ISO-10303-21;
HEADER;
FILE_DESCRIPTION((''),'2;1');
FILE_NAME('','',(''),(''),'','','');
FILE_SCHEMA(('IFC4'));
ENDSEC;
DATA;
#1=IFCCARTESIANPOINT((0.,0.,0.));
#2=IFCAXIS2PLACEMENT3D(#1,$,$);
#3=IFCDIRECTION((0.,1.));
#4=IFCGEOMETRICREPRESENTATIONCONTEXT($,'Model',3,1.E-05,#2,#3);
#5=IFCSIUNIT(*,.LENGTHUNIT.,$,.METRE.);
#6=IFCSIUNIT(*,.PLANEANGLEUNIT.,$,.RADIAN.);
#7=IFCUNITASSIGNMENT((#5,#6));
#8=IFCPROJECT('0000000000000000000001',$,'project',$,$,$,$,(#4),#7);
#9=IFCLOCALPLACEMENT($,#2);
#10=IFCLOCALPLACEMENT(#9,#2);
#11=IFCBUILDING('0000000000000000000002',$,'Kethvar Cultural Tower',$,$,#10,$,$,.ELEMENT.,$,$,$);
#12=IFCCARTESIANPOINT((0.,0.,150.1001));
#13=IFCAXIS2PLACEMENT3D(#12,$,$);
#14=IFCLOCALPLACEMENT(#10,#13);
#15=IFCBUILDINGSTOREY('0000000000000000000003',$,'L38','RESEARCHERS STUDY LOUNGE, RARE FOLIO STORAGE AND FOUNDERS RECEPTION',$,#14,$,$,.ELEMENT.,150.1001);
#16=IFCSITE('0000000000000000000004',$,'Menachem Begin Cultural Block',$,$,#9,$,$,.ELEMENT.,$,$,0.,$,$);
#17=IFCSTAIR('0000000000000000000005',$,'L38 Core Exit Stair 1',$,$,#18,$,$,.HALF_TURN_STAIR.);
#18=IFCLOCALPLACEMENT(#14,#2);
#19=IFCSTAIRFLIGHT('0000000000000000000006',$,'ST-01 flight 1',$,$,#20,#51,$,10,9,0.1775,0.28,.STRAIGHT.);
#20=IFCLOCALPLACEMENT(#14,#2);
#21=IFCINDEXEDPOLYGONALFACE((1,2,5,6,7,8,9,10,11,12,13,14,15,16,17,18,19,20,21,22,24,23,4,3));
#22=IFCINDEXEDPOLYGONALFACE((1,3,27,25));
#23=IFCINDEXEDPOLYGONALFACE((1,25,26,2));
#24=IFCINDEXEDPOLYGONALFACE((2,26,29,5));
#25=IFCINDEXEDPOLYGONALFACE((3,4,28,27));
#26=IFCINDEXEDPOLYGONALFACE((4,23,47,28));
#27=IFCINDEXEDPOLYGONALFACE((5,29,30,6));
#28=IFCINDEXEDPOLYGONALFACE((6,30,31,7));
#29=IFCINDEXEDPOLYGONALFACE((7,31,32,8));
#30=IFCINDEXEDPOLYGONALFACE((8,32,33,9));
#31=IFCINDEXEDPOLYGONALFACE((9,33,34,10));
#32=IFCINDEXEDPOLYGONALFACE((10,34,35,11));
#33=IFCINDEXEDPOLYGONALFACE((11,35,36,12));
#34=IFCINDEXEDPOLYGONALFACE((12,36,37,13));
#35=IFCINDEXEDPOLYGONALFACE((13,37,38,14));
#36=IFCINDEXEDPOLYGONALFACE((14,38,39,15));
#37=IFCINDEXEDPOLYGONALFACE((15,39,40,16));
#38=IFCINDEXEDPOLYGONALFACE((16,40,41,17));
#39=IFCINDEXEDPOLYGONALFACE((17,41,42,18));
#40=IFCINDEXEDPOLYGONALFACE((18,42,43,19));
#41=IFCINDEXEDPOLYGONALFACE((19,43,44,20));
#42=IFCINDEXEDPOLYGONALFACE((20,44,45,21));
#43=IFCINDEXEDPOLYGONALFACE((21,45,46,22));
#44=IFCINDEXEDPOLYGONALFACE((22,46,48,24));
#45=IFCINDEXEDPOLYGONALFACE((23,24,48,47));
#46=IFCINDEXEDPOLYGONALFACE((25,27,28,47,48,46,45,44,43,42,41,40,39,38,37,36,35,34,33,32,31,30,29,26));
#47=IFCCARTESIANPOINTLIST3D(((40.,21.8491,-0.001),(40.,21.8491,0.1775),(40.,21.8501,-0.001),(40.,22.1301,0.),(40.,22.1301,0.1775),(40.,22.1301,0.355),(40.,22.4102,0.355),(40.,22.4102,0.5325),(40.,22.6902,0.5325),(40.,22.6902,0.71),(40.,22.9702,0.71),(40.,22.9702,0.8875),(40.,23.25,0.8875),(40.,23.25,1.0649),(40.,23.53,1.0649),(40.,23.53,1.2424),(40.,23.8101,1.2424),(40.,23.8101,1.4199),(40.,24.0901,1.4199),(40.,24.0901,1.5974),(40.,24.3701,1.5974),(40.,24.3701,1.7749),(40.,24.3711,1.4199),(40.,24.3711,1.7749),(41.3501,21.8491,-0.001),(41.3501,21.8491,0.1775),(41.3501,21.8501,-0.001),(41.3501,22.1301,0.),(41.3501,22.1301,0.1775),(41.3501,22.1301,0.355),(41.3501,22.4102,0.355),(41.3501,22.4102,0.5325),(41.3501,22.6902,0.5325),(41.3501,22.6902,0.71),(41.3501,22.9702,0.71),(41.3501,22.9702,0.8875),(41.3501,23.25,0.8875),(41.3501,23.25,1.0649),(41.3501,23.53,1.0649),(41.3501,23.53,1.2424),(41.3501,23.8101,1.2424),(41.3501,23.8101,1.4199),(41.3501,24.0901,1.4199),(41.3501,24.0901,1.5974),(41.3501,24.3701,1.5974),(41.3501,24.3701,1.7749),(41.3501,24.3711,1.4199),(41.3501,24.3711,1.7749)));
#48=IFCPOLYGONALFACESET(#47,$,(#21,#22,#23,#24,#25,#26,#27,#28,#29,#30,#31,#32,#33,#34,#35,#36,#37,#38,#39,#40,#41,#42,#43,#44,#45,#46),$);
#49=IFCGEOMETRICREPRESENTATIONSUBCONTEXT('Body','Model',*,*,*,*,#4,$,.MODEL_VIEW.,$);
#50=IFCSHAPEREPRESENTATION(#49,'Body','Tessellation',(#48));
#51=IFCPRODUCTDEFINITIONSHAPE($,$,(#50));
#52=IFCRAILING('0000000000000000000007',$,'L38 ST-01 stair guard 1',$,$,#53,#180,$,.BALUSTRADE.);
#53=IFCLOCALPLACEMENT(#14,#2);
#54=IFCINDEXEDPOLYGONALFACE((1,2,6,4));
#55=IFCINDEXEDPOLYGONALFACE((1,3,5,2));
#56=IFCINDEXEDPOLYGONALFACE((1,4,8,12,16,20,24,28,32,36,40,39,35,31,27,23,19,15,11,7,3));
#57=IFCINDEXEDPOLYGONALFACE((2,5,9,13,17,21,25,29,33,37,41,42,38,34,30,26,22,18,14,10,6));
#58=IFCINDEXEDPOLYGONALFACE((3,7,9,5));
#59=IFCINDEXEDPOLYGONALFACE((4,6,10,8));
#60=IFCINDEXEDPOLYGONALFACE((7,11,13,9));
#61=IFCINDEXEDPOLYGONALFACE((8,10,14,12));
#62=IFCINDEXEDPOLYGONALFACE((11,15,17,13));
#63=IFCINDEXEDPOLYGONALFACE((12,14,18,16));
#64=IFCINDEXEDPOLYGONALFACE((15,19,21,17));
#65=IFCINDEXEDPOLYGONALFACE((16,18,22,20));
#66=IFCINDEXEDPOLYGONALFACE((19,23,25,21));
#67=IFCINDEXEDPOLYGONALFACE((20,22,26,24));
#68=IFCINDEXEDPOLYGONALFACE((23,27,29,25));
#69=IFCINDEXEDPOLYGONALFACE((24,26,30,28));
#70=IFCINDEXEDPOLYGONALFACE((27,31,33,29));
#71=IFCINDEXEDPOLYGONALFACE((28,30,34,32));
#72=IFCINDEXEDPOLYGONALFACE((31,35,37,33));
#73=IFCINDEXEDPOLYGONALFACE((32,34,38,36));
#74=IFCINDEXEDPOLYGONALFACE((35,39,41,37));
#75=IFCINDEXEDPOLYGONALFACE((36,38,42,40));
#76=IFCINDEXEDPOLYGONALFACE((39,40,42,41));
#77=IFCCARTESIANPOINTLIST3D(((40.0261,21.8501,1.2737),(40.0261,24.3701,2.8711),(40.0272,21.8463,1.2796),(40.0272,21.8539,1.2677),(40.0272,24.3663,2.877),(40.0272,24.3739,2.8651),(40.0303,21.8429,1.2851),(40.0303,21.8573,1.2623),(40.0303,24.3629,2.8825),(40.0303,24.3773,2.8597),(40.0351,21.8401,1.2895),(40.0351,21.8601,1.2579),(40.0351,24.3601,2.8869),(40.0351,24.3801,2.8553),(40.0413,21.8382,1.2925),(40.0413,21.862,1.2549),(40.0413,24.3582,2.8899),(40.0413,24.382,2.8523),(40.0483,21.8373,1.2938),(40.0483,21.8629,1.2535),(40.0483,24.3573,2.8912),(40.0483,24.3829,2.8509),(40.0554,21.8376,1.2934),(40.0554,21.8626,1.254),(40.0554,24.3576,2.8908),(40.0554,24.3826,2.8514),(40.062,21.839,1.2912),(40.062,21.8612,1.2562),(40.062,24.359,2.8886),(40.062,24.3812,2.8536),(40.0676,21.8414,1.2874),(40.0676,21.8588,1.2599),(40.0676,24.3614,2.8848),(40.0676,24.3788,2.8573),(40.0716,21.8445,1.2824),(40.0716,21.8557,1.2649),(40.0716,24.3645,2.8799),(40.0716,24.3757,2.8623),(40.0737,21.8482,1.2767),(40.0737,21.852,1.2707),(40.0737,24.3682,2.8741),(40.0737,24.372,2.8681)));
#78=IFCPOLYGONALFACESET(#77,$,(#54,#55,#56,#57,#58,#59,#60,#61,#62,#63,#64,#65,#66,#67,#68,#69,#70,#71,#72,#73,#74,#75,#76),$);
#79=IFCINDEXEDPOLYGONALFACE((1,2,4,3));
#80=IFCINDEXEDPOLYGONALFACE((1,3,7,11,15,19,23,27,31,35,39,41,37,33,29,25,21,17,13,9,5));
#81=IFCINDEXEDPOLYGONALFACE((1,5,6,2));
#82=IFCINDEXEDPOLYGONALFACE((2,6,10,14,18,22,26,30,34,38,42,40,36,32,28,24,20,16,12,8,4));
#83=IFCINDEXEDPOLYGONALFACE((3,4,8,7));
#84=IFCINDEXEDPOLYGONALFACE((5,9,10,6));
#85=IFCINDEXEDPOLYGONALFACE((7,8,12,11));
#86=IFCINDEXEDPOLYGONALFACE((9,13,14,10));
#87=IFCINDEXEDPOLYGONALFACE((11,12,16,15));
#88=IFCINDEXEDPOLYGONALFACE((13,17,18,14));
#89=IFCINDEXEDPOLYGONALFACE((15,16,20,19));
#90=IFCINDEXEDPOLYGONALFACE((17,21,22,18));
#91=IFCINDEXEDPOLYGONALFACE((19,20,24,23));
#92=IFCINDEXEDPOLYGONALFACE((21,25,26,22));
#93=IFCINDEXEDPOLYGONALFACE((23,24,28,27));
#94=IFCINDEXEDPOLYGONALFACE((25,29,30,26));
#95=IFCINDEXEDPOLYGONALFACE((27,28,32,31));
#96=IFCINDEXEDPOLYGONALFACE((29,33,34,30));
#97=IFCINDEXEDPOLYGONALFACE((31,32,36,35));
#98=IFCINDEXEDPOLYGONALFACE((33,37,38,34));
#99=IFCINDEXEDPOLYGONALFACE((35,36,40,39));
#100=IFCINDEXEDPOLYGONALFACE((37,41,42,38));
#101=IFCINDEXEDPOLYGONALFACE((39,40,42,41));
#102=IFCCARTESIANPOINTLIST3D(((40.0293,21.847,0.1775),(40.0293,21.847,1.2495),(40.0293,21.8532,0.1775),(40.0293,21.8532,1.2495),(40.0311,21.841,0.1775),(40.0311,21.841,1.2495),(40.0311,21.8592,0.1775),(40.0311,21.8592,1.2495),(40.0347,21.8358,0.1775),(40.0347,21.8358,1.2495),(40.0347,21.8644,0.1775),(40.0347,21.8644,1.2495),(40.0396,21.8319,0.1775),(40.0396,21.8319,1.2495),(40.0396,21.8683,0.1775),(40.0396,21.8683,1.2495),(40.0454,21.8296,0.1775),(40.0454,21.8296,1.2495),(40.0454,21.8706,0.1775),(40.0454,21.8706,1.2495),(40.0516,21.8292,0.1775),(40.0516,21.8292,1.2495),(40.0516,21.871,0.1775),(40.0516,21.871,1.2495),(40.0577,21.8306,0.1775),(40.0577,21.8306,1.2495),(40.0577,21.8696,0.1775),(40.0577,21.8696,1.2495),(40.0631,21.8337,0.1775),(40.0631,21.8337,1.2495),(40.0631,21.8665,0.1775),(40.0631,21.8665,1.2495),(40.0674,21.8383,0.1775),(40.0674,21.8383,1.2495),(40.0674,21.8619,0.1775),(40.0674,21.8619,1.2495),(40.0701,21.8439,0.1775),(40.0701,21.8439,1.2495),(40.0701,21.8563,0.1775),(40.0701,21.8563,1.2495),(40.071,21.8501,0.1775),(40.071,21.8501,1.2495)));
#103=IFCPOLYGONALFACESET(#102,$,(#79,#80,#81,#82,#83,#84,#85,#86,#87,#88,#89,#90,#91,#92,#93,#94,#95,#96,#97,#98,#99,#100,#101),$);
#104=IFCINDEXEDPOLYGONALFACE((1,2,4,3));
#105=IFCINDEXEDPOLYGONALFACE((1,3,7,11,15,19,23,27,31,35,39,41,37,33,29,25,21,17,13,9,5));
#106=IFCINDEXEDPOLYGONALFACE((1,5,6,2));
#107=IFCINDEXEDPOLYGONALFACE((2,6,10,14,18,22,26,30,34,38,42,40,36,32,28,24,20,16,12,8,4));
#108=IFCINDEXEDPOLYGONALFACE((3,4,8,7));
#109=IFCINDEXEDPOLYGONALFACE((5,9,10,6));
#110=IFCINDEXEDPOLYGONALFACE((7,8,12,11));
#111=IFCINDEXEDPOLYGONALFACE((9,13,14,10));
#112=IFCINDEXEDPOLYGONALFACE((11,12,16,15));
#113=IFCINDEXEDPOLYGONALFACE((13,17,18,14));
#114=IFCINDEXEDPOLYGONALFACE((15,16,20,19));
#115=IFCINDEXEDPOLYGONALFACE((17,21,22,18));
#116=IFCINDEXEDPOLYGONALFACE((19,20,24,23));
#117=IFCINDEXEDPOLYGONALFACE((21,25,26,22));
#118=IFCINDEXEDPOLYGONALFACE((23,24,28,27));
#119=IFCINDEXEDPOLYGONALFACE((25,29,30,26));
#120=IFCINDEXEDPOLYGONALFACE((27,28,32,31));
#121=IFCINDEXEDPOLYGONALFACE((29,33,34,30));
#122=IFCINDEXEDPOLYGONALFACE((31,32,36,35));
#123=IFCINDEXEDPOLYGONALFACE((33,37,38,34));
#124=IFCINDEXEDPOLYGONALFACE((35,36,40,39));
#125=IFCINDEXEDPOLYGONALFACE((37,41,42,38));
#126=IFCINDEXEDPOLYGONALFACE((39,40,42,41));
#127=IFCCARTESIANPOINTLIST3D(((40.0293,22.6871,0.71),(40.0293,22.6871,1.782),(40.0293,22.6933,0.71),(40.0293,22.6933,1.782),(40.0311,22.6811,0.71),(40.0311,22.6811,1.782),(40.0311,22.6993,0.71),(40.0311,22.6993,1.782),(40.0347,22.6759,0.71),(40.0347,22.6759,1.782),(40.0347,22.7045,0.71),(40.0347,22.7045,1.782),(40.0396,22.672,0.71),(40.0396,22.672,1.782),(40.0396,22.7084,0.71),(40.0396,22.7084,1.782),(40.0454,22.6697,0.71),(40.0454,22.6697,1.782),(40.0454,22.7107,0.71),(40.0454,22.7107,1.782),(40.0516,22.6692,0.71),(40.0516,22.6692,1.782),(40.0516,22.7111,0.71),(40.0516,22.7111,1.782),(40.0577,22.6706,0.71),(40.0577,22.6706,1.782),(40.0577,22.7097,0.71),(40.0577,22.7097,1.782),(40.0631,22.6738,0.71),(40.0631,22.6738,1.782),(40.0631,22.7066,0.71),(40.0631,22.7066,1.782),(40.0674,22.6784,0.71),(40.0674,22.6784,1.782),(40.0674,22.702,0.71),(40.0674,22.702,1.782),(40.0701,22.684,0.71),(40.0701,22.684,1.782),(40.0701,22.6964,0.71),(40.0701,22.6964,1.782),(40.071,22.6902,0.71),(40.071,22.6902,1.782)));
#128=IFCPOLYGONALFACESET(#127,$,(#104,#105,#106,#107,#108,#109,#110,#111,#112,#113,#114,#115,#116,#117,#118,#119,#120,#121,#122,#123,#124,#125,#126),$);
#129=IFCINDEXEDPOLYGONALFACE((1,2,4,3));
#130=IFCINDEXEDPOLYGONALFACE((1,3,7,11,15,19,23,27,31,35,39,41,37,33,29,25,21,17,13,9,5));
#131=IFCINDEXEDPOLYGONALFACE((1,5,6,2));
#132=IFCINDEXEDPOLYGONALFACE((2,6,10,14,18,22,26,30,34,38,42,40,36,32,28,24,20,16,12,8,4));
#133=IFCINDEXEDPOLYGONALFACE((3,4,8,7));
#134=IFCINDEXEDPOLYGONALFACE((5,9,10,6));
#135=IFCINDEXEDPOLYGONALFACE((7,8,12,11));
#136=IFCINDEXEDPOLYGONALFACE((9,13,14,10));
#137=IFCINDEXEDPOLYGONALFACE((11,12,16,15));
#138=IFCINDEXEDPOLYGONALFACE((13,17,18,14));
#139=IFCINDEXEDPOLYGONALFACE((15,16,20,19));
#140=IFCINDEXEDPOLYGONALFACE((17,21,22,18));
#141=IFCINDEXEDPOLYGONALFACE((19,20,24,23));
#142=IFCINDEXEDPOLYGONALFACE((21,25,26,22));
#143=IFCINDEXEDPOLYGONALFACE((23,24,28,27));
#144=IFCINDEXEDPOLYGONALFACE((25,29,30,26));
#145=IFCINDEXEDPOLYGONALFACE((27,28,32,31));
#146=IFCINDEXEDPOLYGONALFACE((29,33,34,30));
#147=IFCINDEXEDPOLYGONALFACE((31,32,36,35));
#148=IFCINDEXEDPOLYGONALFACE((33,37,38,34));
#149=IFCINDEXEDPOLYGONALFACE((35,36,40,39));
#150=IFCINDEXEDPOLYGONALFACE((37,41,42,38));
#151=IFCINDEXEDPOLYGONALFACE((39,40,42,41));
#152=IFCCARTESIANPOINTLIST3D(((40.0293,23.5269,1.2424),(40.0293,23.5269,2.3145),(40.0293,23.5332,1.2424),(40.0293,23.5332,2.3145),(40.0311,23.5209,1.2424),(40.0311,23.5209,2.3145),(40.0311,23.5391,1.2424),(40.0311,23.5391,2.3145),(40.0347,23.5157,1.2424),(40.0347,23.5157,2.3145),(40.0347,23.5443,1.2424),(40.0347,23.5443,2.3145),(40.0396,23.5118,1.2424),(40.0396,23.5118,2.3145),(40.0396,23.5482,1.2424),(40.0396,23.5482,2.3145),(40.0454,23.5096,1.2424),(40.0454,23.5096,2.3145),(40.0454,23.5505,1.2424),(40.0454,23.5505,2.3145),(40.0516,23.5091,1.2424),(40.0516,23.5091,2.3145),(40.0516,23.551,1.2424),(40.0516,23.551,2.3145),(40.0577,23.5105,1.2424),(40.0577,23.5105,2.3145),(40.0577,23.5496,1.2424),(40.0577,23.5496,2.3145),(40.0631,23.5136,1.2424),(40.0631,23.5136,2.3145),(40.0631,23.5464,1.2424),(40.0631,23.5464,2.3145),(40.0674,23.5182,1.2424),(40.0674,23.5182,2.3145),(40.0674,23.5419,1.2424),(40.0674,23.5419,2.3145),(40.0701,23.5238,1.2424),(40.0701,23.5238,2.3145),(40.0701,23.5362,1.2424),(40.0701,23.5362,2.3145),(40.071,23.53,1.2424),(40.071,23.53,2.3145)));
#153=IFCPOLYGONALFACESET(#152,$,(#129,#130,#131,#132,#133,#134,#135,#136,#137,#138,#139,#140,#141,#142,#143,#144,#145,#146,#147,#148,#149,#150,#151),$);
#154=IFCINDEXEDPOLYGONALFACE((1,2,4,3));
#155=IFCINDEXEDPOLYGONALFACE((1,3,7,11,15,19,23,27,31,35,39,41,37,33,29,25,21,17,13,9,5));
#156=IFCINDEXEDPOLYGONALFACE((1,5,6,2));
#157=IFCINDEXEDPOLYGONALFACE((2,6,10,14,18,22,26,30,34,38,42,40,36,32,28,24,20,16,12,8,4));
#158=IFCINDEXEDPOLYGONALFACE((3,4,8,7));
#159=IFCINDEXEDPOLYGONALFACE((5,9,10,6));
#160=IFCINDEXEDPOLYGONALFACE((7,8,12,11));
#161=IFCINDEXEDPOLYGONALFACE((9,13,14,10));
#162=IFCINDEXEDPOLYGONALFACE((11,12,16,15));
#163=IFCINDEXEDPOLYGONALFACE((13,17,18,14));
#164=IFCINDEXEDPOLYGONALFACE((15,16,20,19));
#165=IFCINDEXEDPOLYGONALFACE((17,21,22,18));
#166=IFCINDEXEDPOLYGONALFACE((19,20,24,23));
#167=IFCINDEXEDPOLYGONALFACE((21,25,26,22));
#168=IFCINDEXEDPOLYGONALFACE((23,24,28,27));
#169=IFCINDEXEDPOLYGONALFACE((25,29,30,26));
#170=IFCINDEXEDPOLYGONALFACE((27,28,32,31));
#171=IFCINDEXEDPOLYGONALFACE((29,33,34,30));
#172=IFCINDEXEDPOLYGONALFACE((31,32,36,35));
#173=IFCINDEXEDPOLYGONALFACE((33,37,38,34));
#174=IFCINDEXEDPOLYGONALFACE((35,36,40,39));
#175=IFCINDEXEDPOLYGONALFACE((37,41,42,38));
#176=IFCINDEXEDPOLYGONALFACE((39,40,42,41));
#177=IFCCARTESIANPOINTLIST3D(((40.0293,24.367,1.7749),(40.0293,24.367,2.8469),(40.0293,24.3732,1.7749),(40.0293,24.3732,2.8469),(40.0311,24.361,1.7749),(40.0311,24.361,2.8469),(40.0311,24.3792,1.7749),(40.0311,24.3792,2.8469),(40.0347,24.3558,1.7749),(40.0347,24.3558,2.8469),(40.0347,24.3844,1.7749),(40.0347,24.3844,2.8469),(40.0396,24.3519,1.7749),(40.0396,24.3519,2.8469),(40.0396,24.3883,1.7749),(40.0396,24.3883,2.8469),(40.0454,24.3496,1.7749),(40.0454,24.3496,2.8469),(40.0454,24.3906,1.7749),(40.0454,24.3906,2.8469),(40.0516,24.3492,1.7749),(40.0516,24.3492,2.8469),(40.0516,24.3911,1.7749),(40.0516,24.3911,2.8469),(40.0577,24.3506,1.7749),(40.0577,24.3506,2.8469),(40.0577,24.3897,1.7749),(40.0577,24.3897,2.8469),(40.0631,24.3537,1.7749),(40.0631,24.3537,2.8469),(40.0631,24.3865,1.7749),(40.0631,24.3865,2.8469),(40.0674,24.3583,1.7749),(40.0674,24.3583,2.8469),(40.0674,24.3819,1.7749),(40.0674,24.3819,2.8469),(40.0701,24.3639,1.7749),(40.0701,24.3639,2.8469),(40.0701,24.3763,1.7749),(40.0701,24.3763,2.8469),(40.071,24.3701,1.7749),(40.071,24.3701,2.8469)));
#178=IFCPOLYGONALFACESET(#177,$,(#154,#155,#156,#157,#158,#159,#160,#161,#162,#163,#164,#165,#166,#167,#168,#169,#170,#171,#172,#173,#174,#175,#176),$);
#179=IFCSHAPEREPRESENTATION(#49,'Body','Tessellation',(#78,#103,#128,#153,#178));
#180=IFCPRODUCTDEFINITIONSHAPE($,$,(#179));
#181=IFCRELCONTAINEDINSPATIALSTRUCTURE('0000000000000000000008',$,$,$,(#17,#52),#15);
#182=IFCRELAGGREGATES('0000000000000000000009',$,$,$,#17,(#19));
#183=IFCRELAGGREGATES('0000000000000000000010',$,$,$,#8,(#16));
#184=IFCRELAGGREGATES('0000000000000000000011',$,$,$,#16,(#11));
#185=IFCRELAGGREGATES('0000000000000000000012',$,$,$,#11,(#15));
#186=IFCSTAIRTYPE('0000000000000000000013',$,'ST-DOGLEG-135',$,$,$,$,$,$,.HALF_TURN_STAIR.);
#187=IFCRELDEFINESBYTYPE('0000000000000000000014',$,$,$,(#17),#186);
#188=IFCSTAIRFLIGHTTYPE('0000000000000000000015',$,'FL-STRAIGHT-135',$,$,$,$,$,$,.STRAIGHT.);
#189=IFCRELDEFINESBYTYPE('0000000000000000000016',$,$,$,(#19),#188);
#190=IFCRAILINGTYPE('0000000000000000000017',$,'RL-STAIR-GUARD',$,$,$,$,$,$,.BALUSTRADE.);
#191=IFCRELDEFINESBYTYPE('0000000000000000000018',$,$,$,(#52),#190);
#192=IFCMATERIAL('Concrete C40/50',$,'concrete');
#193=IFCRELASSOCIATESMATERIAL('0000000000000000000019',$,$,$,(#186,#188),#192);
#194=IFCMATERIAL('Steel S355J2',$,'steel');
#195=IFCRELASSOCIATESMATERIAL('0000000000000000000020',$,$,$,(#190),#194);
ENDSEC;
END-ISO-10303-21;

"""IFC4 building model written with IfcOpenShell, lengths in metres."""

from ifc_helpers import new_model, si_unit, direction, frame, origin, origin_2d, place, context, subcontext, project, spatial, polyline, circle, outline, extrude, material, type_object, element, aggregate, save


model = new_model("IFC4")

# Units and contexts
model_context = context("Model", 3, precision=1e-05, world=origin(), true_north=direction((0.0, 1.0)))
body_context = subcontext(model_context, "Body", "Model", "MODEL_VIEW")
ifc_project = project(units=[si_unit("LENGTHUNIT", "METRE"), si_unit("PLANEANGLEUNIT", "RADIAN")], contexts=[model_context])

# Site, building, storey
site_placement = place(None, origin())
site = spatial("IfcSite", under=ifc_project, at=site_placement, Name="Menachem Begin Cultural Block", CompositionType="ELEMENT", RefElevation=0.0)
building_placement = place(site_placement, origin())
building = spatial("IfcBuilding", under=site, at=building_placement, Name="Kethvar Cultural Tower", CompositionType="ELEMENT")
storey_placement = place(building_placement, frame((0.0, 0.0, 150.1001)))
storey = spatial("IfcBuildingStorey", under=building, at=storey_placement, Name="L38", Description="RESEARCHERS STUDY LOUNGE, RARE FOLIO STORAGE AND FOUNDERS RECEPTION", CompositionType="ELEMENT", Elevation=150.1001)

# Shared definitions
ifc_material_1 = material(Name="Steel S355J2", Category="steel")

# Stair, stair flight
ifc_material_2 = material(Name="Concrete C40/50", Category="concrete")
stair_type = type_object("IfcStairType", Name="ST-DOGLEG-135", PredefinedType="HALF_TURN_STAIR", material=ifc_material_2)
stair_placement = place(storey_placement, origin())
stair = element("IfcStair", 1, at=stair_placement, inside=storey, type_object=stair_type, Name="L38 Core Exit Stair 1", PredefinedType="HALF_TURN_STAIR")
stair_flight_type = type_object("IfcStairFlightType", Name="FL-STRAIGHT-135", PredefinedType="STRAIGHT", material=ifc_material_2)
stair_flight_placement = place(storey_placement, frame((40.675, 21.8501, 0.0), z_axis=(0.0, 0.0, 1.0), x_axis=(0.0, 1.0, 0.0)))
stair_flight = element("IfcStairFlight", 2, at=stair_flight_placement, type_object=stair_flight_type, Name="ST-01 flight 1", NumberOfRisers=10, NumberOfTreads=9, PredefinedType="STRAIGHT", RiserHeight=0.1775, TreadLength=0.28, context=body_context, shape_type="SweptSolid", body=[
    extrude(outline(polyline([(-0.001, -0.001), (-0.001, 0.1775), (0.28, 0.1775), (0.28, 0.355), (0.5601, 0.355), (0.5601, 0.5325), (0.8401, 0.5325), (0.8401, 0.71), (1.1201, 0.71), (1.1201, 0.8875), (1.3999, 0.8875), (1.3999, 1.0649), (1.6799, 1.0649), (1.6799, 1.2424), (1.96, 1.2424), (1.96, 1.4199), (2.24, 1.4199), (2.24, 1.5974), (2.52, 1.5974), (2.52, 1.7749), (2.521, 1.7749), (2.521, 1.4199), (0.28, 0.0), (0.0, -0.001), (-0.001, -0.001)])), frame((0.0, 0.675, 0.0), z_axis=(0.0, -1.0, 0.0), x_axis=(1.0, 0.0, 0.0)), (0.0, 0.0, 1.0), 1.3501),
])
aggregate(stair, [stair_flight])

# Railing
railing_type_1 = type_object("IfcRailingType", Name="RL-STAIR-GUARD", PredefinedType="BALUSTRADE", material=ifc_material_1)
railing_1_placement = place(storey_placement, frame((40.05, 21.8501, 0.1775)))
element("IfcRailing", 3, at=railing_1_placement, inside=storey, type_object=railing_type_1, Name="L38 ST-01 stair guard 1", PredefinedType="BALUSTRADE", context=body_context, shape_type="SweptSolid", body=[
    extrude(circle(Radius=0.0239, at=origin_2d()), frame((0.0, 0.0, 1.0962), z_axis=(0.0, 0.844607, 0.535387), x_axis=(-1.0, 0.0, 0.0)), (0.0, 0.0, 1.0), 2.9836),
    extrude(circle(Radius=0.021, at=origin_2d()), origin(), (0.0, 0.0, 1.0), 1.072),
    extrude(circle(Radius=0.021, at=origin_2d()), frame((0.0, 0.8401, 0.5325)), (0.0, 0.0, 1.0), 1.072),
    extrude(circle(Radius=0.021, at=origin_2d()), frame((0.0, 1.6799, 1.0649)), (0.0, 0.0, 1.0), 1.072),
    extrude(circle(Radius=0.021, at=origin_2d()), frame((0.0, 2.52, 1.5974)), (0.0, 0.0, 1.0), 1.072),
])

save(model, "model.ifc")
